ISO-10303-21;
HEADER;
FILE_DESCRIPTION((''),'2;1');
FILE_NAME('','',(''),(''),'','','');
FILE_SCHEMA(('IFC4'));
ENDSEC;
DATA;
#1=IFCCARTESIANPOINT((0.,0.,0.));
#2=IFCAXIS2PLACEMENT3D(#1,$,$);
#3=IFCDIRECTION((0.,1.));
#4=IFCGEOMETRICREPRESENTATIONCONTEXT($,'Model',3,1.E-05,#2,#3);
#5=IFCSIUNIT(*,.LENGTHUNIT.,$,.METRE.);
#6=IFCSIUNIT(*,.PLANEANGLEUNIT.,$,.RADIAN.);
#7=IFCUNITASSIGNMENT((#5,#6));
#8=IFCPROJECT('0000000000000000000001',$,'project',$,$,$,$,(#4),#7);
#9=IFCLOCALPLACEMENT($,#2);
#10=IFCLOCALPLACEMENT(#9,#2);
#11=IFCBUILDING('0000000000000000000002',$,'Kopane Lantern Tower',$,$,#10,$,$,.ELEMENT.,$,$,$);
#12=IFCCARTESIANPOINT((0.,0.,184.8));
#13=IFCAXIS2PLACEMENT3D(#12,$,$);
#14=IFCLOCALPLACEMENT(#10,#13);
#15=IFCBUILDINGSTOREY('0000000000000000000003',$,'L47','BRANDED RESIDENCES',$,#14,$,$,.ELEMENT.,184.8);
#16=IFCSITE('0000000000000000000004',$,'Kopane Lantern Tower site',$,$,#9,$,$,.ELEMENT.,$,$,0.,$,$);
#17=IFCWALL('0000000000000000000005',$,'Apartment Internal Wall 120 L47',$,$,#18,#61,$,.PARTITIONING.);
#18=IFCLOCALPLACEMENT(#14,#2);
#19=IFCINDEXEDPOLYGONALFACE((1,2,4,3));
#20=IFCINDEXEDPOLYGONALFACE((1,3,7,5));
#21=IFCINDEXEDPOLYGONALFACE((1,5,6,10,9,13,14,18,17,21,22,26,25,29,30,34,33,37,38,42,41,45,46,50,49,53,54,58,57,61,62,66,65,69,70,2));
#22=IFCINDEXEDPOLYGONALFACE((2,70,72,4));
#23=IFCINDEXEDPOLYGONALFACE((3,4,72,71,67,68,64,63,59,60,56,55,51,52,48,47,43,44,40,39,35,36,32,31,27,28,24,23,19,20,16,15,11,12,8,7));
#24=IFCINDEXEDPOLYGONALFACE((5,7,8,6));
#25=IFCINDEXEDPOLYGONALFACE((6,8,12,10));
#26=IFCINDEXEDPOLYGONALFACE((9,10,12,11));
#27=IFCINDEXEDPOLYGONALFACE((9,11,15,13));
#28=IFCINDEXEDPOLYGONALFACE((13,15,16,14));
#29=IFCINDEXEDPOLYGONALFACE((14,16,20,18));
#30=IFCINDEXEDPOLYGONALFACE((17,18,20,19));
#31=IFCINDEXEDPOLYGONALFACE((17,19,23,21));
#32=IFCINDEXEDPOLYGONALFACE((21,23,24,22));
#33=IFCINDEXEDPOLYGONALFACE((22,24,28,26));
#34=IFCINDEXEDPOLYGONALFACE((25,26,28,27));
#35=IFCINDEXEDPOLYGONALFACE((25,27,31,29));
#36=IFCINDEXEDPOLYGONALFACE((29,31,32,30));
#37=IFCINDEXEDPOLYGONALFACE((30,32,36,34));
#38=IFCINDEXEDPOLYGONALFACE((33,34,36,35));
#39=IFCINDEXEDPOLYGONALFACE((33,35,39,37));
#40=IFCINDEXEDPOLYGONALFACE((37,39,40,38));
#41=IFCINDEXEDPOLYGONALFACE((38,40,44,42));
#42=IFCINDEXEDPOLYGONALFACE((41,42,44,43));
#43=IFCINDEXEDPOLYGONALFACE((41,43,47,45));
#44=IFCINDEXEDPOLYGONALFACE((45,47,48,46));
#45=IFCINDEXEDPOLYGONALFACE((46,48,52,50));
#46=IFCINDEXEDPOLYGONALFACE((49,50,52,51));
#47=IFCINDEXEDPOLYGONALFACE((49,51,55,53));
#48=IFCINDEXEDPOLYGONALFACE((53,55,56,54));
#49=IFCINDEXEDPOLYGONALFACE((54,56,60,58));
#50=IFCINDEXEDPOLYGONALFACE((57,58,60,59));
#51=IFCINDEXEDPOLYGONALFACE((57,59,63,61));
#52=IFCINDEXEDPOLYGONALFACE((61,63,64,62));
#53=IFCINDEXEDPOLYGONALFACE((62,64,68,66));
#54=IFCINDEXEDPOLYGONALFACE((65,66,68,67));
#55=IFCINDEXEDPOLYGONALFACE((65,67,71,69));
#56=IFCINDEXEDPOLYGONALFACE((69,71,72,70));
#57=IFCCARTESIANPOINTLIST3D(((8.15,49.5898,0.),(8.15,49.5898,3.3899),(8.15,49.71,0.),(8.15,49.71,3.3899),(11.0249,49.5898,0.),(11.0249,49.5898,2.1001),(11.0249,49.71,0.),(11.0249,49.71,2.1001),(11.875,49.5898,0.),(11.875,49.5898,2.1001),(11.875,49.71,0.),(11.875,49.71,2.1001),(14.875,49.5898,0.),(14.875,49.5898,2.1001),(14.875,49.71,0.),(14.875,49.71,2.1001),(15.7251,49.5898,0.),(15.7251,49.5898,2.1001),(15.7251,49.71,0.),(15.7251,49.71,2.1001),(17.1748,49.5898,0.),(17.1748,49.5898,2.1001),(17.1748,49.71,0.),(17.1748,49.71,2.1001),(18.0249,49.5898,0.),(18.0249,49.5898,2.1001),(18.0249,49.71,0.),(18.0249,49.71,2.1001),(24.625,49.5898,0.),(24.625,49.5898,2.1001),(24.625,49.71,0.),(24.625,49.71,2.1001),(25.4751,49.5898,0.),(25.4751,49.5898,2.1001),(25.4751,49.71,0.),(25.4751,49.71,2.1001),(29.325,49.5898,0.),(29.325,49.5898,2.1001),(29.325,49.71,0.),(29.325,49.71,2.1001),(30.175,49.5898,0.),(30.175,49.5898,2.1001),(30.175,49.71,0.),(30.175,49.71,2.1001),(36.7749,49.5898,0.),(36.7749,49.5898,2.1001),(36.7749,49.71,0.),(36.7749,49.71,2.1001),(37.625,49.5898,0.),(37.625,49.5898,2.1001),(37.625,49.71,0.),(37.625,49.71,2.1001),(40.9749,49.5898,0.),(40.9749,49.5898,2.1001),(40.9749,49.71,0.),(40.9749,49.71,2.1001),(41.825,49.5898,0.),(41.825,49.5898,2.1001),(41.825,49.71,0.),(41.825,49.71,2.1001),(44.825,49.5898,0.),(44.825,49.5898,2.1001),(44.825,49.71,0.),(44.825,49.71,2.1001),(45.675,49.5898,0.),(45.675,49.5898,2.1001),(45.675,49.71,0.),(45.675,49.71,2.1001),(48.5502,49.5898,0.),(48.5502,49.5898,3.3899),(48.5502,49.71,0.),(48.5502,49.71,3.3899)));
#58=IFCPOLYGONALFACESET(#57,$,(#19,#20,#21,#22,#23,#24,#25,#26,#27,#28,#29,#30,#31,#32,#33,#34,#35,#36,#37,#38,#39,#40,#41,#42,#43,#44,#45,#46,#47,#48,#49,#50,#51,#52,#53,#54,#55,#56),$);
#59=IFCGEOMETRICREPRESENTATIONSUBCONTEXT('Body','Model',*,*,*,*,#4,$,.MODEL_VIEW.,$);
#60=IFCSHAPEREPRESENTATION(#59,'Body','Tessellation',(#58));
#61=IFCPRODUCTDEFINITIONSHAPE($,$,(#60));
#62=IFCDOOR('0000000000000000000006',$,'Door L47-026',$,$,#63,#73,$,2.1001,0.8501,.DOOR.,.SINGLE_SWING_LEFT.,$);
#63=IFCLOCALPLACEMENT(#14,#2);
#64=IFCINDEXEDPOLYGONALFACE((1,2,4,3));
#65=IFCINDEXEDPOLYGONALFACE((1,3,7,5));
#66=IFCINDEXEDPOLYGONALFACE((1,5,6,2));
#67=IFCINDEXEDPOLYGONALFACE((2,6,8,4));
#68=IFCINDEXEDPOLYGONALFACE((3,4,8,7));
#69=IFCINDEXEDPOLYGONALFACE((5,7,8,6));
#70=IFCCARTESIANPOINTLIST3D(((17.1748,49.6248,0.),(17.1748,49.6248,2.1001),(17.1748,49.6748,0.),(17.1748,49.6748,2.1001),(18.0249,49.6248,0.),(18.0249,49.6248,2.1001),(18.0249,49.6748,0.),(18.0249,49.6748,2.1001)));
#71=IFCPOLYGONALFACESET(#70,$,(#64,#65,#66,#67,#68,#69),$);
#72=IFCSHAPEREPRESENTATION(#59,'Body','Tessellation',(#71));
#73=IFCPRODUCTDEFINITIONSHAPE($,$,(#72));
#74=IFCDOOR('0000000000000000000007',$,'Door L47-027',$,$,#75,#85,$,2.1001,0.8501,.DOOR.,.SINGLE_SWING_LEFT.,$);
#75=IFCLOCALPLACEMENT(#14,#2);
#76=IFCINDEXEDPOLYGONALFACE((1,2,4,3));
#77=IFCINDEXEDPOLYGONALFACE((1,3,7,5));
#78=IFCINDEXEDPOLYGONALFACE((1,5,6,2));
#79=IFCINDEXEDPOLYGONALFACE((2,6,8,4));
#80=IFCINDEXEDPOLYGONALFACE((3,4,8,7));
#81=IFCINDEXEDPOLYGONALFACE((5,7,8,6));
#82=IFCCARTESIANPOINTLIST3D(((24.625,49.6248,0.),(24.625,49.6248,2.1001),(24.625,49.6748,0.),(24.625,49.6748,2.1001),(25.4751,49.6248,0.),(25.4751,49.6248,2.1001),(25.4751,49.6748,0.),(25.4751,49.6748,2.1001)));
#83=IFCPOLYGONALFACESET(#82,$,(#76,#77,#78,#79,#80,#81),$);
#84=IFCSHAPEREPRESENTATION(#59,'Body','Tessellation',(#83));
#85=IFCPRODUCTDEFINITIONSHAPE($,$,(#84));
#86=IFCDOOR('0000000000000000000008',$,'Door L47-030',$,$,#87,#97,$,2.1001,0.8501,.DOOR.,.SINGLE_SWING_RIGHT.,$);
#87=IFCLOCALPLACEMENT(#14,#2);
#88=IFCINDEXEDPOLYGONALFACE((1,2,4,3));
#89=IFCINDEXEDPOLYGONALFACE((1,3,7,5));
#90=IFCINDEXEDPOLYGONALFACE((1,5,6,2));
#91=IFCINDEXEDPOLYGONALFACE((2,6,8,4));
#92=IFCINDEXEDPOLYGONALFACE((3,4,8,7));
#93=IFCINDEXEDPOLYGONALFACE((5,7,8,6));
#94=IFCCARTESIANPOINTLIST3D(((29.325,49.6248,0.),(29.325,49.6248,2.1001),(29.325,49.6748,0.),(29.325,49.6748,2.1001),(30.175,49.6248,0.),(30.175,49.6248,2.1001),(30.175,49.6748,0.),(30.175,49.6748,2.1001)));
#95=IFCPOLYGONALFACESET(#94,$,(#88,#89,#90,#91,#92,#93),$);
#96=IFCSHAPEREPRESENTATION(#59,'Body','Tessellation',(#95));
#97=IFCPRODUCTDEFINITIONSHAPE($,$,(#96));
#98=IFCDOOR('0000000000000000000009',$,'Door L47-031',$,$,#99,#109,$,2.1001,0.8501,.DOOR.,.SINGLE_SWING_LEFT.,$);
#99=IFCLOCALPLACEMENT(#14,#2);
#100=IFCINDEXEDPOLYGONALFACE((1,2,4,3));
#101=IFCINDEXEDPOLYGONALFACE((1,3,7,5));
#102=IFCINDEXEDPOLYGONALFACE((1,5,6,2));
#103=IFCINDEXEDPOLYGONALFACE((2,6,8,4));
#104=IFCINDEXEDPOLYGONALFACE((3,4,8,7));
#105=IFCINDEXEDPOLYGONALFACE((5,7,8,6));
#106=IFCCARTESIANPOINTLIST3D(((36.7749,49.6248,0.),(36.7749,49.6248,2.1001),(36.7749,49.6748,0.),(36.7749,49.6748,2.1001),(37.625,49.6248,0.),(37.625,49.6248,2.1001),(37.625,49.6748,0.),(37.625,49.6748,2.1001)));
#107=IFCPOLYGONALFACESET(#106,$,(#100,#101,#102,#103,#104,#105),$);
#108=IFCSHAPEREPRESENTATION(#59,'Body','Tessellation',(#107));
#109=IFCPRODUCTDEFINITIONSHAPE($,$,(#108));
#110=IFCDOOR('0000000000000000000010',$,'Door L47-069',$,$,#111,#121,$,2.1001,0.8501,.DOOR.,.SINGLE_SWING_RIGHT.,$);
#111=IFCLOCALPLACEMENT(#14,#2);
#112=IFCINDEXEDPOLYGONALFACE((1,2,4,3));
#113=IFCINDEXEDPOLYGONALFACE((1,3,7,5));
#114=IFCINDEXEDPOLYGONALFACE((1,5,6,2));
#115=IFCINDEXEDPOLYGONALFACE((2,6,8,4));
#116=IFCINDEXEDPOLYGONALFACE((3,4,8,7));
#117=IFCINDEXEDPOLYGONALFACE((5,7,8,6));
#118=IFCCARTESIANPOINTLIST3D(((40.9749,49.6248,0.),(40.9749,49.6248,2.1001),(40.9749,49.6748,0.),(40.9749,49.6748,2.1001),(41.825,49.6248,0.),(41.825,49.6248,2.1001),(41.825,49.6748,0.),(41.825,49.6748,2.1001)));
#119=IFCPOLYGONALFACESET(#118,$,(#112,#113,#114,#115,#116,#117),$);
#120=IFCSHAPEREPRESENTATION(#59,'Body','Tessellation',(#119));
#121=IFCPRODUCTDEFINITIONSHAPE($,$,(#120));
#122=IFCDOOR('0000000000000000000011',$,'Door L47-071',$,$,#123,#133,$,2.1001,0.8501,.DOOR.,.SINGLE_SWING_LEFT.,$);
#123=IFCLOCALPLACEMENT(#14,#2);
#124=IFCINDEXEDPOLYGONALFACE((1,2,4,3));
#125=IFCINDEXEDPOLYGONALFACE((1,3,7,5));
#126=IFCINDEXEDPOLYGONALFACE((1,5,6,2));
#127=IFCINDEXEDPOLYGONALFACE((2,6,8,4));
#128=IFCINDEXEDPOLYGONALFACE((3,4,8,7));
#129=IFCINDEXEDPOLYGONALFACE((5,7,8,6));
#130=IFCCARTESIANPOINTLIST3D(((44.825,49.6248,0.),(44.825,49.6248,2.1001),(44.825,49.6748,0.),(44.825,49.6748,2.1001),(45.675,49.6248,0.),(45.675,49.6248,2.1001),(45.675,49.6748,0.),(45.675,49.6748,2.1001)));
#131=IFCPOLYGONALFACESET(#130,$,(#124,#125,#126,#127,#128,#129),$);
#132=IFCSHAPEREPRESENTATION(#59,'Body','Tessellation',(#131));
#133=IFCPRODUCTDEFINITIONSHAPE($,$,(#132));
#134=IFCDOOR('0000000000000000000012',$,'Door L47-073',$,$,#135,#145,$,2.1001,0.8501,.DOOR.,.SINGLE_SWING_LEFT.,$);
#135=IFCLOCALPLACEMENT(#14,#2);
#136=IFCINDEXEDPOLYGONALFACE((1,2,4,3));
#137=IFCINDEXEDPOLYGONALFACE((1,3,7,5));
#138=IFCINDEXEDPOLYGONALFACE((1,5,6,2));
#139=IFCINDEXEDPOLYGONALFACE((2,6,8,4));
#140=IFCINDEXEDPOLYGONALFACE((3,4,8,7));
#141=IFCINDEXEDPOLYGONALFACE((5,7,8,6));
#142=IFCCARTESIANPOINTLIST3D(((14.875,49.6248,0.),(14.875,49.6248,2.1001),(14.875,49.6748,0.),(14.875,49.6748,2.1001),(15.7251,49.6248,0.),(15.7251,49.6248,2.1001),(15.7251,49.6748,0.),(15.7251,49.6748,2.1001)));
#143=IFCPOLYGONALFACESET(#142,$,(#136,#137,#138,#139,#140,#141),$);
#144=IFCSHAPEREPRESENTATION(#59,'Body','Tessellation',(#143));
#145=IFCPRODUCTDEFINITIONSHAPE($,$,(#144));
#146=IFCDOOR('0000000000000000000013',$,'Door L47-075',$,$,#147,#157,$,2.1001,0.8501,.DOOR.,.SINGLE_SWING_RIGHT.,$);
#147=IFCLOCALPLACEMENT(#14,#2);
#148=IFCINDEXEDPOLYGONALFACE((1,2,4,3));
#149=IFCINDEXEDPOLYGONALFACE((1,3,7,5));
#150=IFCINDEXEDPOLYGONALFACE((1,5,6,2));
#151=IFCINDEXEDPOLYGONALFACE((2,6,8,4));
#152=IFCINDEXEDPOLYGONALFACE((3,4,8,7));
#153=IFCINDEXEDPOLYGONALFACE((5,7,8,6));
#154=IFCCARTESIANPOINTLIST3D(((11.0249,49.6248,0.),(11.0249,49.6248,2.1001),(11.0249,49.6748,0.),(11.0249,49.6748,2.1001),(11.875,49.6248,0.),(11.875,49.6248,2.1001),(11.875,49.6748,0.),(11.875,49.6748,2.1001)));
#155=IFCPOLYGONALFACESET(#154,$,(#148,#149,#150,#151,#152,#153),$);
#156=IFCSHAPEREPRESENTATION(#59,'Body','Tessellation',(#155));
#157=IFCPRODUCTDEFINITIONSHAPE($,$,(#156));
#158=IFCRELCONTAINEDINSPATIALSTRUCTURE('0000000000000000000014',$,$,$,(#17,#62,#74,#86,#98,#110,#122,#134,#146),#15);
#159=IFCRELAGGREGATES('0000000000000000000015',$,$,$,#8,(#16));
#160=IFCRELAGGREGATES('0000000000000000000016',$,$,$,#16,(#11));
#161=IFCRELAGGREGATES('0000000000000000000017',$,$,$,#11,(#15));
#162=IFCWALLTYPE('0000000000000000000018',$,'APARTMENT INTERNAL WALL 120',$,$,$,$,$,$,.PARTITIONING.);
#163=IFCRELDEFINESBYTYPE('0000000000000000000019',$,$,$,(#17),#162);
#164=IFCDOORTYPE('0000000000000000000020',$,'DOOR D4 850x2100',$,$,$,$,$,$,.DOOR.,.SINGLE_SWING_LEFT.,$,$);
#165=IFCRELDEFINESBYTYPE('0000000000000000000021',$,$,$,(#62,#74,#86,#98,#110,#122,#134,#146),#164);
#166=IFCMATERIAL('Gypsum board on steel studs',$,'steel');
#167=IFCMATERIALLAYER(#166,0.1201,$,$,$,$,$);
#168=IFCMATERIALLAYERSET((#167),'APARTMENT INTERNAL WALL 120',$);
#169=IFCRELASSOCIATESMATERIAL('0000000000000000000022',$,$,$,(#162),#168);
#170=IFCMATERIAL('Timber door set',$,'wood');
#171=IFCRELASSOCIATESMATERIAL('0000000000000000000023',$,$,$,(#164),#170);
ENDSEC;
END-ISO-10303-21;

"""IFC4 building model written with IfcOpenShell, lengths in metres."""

from ifc_helpers import new_model, si_unit, direction, frame, frame_2d, origin, place, context, subcontext, project, spatial, rectangle, extrude, material, layer, layer_set, type_object, element, fill, save


model = new_model("IFC4")

# Units and contexts
model_context = context("Model", 3, precision=1e-05, world=origin(), true_north=direction((0.0, 1.0)))
body_context = subcontext(model_context, "Body", "Model", "MODEL_VIEW")
ifc_project = project(units=[si_unit("LENGTHUNIT", "METRE"), si_unit("PLANEANGLEUNIT", "RADIAN")], contexts=[model_context])

# Site, building, storey
site_placement = place(None, origin())
site = spatial("IfcSite", under=ifc_project, at=site_placement, Name="Kopane Lantern Tower site", CompositionType="ELEMENT", RefElevation=0.0)
building_placement = place(site_placement, origin())
building = spatial("IfcBuilding", under=site, at=building_placement, Name="Kopane Lantern Tower", CompositionType="ELEMENT")
storey_placement = place(building_placement, frame((0.0, 0.0, 184.8)))
storey = spatial("IfcBuildingStorey", under=building, at=storey_placement, Name="L47", Description="BRANDED RESIDENCES", CompositionType="ELEMENT", Elevation=184.8)

# Wall, openings, doors
ifc_material_1 = material(Name="Gypsum board on steel studs", Category="steel")
ifc_layer_1 = layer(ifc_material_1, 0.1201)
ifc_layer_set_1 = layer_set([ifc_layer_1], Name="APARTMENT INTERNAL WALL 120")
wall_type_1 = type_object("IfcWallType", Name="APARTMENT INTERNAL WALL 120", PredefinedType="PARTITIONING", material=ifc_layer_set_1)
wall_1_placement = place(storey_placement, frame((8.1499, 49.6499, 0.0), z_axis=(0.0, 0.0, 1.0), x_axis=(1.0, 0.0, 0.0)))
wall_1 = element("IfcWall", 1, at=wall_1_placement, inside=storey, type_object=wall_type_1, Name="Apartment Internal Wall 120 L47", PredefinedType="PARTITIONING", context=body_context, shape_type="SweptSolid", body=[
    extrude(rectangle(XDim=40.4001, YDim=0.1201, at=frame_2d((20.2002, 0.0))), origin(), (0.0, 0.0, 1.0), 3.3899),
])
opening_1_placement = place(wall_1_placement, frame((9.0249, 0.0, 0.0)))
opening_1 = element("IfcOpeningElement", 2, at=opening_1_placement, cuts=wall_1, PredefinedType="OPENING", context=body_context, shape_type="SweptSolid", body=[
    extrude(rectangle(XDim=0.8501, YDim=2.1001, at=frame_2d((0.425, 1.05))), frame((0.0, 0.0701, 0.0), z_axis=(0.0, -1.0, 0.0), x_axis=(1.0, 0.0, 0.0)), (0.0, 0.0, 1.0), 0.1401),
])
opening_2_placement = place(wall_1_placement, frame((16.4751, 0.0, 0.0)))
opening_2 = element("IfcOpeningElement", 3, at=opening_2_placement, cuts=wall_1, PredefinedType="OPENING", context=body_context, shape_type="SweptSolid", body=[
    extrude(rectangle(XDim=0.8501, YDim=2.1001, at=frame_2d((0.425, 1.05))), frame((0.0, 0.0701, 0.0), z_axis=(0.0, -1.0, 0.0), x_axis=(1.0, 0.0, 0.0)), (0.0, 0.0, 1.0), 0.1401),
])
opening_3_placement = place(wall_1_placement, frame((21.175, 0.0, 0.0)))
opening_3 = element("IfcOpeningElement", 4, at=opening_3_placement, cuts=wall_1, PredefinedType="OPENING", context=body_context, shape_type="SweptSolid", body=[
    extrude(rectangle(XDim=0.8501, YDim=2.1001, at=frame_2d((0.425, 1.05))), frame((0.0, 0.0701, 0.0), z_axis=(0.0, -1.0, 0.0), x_axis=(1.0, 0.0, 0.0)), (0.0, 0.0, 1.0), 0.1401),
])
opening_4_placement = place(wall_1_placement, frame((28.625, 0.0, 0.0)))
opening_4 = element("IfcOpeningElement", 5, at=opening_4_placement, cuts=wall_1, PredefinedType="OPENING", context=body_context, shape_type="SweptSolid", body=[
    extrude(rectangle(XDim=0.8501, YDim=2.1001, at=frame_2d((0.425, 1.05))), frame((0.0, 0.0701, 0.0), z_axis=(0.0, -1.0, 0.0), x_axis=(1.0, 0.0, 0.0)), (0.0, 0.0, 1.0), 0.1401),
])
opening_5_placement = place(wall_1_placement, frame((32.825, 0.0, 0.0)))
opening_5 = element("IfcOpeningElement", 6, at=opening_5_placement, cuts=wall_1, PredefinedType="OPENING", context=body_context, shape_type="SweptSolid", body=[
    extrude(rectangle(XDim=0.8501, YDim=2.1001, at=frame_2d((0.425, 1.05))), frame((0.0, 0.0701, 0.0), z_axis=(0.0, -1.0, 0.0), x_axis=(1.0, 0.0, 0.0)), (0.0, 0.0, 1.0), 0.1401),
])
opening_6_placement = place(wall_1_placement, frame((36.675, 0.0, 0.0)))
opening_6 = element("IfcOpeningElement", 7, at=opening_6_placement, cuts=wall_1, PredefinedType="OPENING", context=body_context, shape_type="SweptSolid", body=[
    extrude(rectangle(XDim=0.8501, YDim=2.1001, at=frame_2d((0.425, 1.05))), frame((0.0, 0.0701, 0.0), z_axis=(0.0, -1.0, 0.0), x_axis=(1.0, 0.0, 0.0)), (0.0, 0.0, 1.0), 0.1401),
])
opening_7_placement = place(wall_1_placement, frame((6.7251, 0.0, 0.0)))
opening_7 = element("IfcOpeningElement", 8, at=opening_7_placement, cuts=wall_1, PredefinedType="OPENING", context=body_context, shape_type="SweptSolid", body=[
    extrude(rectangle(XDim=0.8501, YDim=2.1001, at=frame_2d((0.425, 1.05))), frame((0.0, 0.0701, 0.0), z_axis=(0.0, -1.0, 0.0), x_axis=(1.0, 0.0, 0.0)), (0.0, 0.0, 1.0), 0.1401),
])
opening_8_placement = place(wall_1_placement, frame((2.875, 0.0, 0.0)))
opening_8 = element("IfcOpeningElement", 9, at=opening_8_placement, cuts=wall_1, PredefinedType="OPENING", context=body_context, shape_type="SweptSolid", body=[
    extrude(rectangle(XDim=0.8501, YDim=2.1001, at=frame_2d((0.425, 1.05))), frame((0.0, 0.0701, 0.0), z_axis=(0.0, -1.0, 0.0), x_axis=(1.0, 0.0, 0.0)), (0.0, 0.0, 1.0), 0.1401),
])
ifc_material_2 = material(Name="Timber door set", Category="wood")
door_type_1 = type_object("IfcDoorType", Name="DOOR D4 850x2100", OperationType="SINGLE_SWING_LEFT", PredefinedType="DOOR", material=ifc_material_2)
door_1_placement = place(opening_1_placement, origin())
door_1 = element("IfcDoor", 10, at=door_1_placement, inside=storey, type_object=door_type_1, Name="Door L47-026", OperationType="SINGLE_SWING_LEFT", OverallHeight=2.1001, OverallWidth=0.8501, PredefinedType="DOOR", context=body_context, shape_type="SweptSolid", body=[
    extrude(rectangle(XDim=0.8501, YDim=2.1001, at=frame_2d((0.425, 1.05))), frame((0.0, 0.0249, 0.0), z_axis=(0.0, -1.0, 0.0), x_axis=(1.0, 0.0, 0.0)), (0.0, 0.0, 1.0), 0.05),
])
fill(opening_1, door_1)
door_2_placement = place(opening_2_placement, origin())
door_2 = element("IfcDoor", 11, at=door_2_placement, inside=storey, type_object=door_type_1, Name="Door L47-027", OperationType="SINGLE_SWING_LEFT", OverallHeight=2.1001, OverallWidth=0.8501, PredefinedType="DOOR", context=body_context, shape_type="SweptSolid", body=[
    extrude(rectangle(XDim=0.8501, YDim=2.1001, at=frame_2d((0.425, 1.05))), frame((0.0, 0.0249, 0.0), z_axis=(0.0, -1.0, 0.0), x_axis=(1.0, 0.0, 0.0)), (0.0, 0.0, 1.0), 0.05),
])
fill(opening_2, door_2)
door_3_placement = place(opening_3_placement, origin())
door_3 = element("IfcDoor", 12, at=door_3_placement, inside=storey, type_object=door_type_1, Name="Door L47-030", OperationType="SINGLE_SWING_RIGHT", OverallHeight=2.1001, OverallWidth=0.8501, PredefinedType="DOOR", context=body_context, shape_type="SweptSolid", body=[
    extrude(rectangle(XDim=0.8501, YDim=2.1001, at=frame_2d((0.425, 1.05))), frame((0.0, 0.0249, 0.0), z_axis=(0.0, -1.0, 0.0), x_axis=(1.0, 0.0, 0.0)), (0.0, 0.0, 1.0), 0.05),
])
fill(opening_3, door_3)
door_4_placement = place(opening_4_placement, origin())
door_4 = element("IfcDoor", 13, at=door_4_placement, inside=storey, type_object=door_type_1, Name="Door L47-031", OperationType="SINGLE_SWING_LEFT", OverallHeight=2.1001, OverallWidth=0.8501, PredefinedType="DOOR", context=body_context, shape_type="SweptSolid", body=[
    extrude(rectangle(XDim=0.8501, YDim=2.1001, at=frame_2d((0.425, 1.05))), frame((0.0, 0.0249, 0.0), z_axis=(0.0, -1.0, 0.0), x_axis=(1.0, 0.0, 0.0)), (0.0, 0.0, 1.0), 0.05),
])
fill(opening_4, door_4)
door_5_placement = place(opening_5_placement, origin())
door_5 = element("IfcDoor", 14, at=door_5_placement, inside=storey, type_object=door_type_1, Name="Door L47-069", OperationType="SINGLE_SWING_RIGHT", OverallHeight=2.1001, OverallWidth=0.8501, PredefinedType="DOOR", context=body_context, shape_type="SweptSolid", body=[
    extrude(rectangle(XDim=0.8501, YDim=2.1001, at=frame_2d((0.425, 1.05))), frame((0.0, 0.0249, 0.0), z_axis=(0.0, -1.0, 0.0), x_axis=(1.0, 0.0, 0.0)), (0.0, 0.0, 1.0), 0.05),
])
fill(opening_5, door_5)
door_6_placement = place(opening_6_placement, origin())
door_6 = element("IfcDoor", 15, at=door_6_placement, inside=storey, type_object=door_type_1, Name="Door L47-071", OperationType="SINGLE_SWING_LEFT", OverallHeight=2.1001, OverallWidth=0.8501, PredefinedType="DOOR", context=body_context, shape_type="SweptSolid", body=[
    extrude(rectangle(XDim=0.8501, YDim=2.1001, at=frame_2d((0.425, 1.05))), frame((0.0, 0.0249, 0.0), z_axis=(0.0, -1.0, 0.0), x_axis=(1.0, 0.0, 0.0)), (0.0, 0.0, 1.0), 0.05),
])
fill(opening_6, door_6)
door_7_placement = place(opening_7_placement, origin())
door_7 = element("IfcDoor", 16, at=door_7_placement, inside=storey, type_object=door_type_1, Name="Door L47-073", OperationType="SINGLE_SWING_LEFT", OverallHeight=2.1001, OverallWidth=0.8501, PredefinedType="DOOR", context=body_context, shape_type="SweptSolid", body=[
    extrude(rectangle(XDim=0.8501, YDim=2.1001, at=frame_2d((0.425, 1.05))), frame((0.0, 0.0249, 0.0), z_axis=(0.0, -1.0, 0.0), x_axis=(1.0, 0.0, 0.0)), (0.0, 0.0, 1.0), 0.05),
])
fill(opening_7, door_7)
door_8_placement = place(opening_8_placement, origin())
door_8 = element("IfcDoor", 17, at=door_8_placement, inside=storey, type_object=door_type_1, Name="Door L47-075", OperationType="SINGLE_SWING_RIGHT", OverallHeight=2.1001, OverallWidth=0.8501, PredefinedType="DOOR", context=body_context, shape_type="SweptSolid", body=[
    extrude(rectangle(XDim=0.8501, YDim=2.1001, at=frame_2d((0.425, 1.05))), frame((0.0, 0.0249, 0.0), z_axis=(0.0, -1.0, 0.0), x_axis=(1.0, 0.0, 0.0)), (0.0, 0.0, 1.0), 0.05),
])
fill(opening_8, door_8)

save(model, "model.ifc")
